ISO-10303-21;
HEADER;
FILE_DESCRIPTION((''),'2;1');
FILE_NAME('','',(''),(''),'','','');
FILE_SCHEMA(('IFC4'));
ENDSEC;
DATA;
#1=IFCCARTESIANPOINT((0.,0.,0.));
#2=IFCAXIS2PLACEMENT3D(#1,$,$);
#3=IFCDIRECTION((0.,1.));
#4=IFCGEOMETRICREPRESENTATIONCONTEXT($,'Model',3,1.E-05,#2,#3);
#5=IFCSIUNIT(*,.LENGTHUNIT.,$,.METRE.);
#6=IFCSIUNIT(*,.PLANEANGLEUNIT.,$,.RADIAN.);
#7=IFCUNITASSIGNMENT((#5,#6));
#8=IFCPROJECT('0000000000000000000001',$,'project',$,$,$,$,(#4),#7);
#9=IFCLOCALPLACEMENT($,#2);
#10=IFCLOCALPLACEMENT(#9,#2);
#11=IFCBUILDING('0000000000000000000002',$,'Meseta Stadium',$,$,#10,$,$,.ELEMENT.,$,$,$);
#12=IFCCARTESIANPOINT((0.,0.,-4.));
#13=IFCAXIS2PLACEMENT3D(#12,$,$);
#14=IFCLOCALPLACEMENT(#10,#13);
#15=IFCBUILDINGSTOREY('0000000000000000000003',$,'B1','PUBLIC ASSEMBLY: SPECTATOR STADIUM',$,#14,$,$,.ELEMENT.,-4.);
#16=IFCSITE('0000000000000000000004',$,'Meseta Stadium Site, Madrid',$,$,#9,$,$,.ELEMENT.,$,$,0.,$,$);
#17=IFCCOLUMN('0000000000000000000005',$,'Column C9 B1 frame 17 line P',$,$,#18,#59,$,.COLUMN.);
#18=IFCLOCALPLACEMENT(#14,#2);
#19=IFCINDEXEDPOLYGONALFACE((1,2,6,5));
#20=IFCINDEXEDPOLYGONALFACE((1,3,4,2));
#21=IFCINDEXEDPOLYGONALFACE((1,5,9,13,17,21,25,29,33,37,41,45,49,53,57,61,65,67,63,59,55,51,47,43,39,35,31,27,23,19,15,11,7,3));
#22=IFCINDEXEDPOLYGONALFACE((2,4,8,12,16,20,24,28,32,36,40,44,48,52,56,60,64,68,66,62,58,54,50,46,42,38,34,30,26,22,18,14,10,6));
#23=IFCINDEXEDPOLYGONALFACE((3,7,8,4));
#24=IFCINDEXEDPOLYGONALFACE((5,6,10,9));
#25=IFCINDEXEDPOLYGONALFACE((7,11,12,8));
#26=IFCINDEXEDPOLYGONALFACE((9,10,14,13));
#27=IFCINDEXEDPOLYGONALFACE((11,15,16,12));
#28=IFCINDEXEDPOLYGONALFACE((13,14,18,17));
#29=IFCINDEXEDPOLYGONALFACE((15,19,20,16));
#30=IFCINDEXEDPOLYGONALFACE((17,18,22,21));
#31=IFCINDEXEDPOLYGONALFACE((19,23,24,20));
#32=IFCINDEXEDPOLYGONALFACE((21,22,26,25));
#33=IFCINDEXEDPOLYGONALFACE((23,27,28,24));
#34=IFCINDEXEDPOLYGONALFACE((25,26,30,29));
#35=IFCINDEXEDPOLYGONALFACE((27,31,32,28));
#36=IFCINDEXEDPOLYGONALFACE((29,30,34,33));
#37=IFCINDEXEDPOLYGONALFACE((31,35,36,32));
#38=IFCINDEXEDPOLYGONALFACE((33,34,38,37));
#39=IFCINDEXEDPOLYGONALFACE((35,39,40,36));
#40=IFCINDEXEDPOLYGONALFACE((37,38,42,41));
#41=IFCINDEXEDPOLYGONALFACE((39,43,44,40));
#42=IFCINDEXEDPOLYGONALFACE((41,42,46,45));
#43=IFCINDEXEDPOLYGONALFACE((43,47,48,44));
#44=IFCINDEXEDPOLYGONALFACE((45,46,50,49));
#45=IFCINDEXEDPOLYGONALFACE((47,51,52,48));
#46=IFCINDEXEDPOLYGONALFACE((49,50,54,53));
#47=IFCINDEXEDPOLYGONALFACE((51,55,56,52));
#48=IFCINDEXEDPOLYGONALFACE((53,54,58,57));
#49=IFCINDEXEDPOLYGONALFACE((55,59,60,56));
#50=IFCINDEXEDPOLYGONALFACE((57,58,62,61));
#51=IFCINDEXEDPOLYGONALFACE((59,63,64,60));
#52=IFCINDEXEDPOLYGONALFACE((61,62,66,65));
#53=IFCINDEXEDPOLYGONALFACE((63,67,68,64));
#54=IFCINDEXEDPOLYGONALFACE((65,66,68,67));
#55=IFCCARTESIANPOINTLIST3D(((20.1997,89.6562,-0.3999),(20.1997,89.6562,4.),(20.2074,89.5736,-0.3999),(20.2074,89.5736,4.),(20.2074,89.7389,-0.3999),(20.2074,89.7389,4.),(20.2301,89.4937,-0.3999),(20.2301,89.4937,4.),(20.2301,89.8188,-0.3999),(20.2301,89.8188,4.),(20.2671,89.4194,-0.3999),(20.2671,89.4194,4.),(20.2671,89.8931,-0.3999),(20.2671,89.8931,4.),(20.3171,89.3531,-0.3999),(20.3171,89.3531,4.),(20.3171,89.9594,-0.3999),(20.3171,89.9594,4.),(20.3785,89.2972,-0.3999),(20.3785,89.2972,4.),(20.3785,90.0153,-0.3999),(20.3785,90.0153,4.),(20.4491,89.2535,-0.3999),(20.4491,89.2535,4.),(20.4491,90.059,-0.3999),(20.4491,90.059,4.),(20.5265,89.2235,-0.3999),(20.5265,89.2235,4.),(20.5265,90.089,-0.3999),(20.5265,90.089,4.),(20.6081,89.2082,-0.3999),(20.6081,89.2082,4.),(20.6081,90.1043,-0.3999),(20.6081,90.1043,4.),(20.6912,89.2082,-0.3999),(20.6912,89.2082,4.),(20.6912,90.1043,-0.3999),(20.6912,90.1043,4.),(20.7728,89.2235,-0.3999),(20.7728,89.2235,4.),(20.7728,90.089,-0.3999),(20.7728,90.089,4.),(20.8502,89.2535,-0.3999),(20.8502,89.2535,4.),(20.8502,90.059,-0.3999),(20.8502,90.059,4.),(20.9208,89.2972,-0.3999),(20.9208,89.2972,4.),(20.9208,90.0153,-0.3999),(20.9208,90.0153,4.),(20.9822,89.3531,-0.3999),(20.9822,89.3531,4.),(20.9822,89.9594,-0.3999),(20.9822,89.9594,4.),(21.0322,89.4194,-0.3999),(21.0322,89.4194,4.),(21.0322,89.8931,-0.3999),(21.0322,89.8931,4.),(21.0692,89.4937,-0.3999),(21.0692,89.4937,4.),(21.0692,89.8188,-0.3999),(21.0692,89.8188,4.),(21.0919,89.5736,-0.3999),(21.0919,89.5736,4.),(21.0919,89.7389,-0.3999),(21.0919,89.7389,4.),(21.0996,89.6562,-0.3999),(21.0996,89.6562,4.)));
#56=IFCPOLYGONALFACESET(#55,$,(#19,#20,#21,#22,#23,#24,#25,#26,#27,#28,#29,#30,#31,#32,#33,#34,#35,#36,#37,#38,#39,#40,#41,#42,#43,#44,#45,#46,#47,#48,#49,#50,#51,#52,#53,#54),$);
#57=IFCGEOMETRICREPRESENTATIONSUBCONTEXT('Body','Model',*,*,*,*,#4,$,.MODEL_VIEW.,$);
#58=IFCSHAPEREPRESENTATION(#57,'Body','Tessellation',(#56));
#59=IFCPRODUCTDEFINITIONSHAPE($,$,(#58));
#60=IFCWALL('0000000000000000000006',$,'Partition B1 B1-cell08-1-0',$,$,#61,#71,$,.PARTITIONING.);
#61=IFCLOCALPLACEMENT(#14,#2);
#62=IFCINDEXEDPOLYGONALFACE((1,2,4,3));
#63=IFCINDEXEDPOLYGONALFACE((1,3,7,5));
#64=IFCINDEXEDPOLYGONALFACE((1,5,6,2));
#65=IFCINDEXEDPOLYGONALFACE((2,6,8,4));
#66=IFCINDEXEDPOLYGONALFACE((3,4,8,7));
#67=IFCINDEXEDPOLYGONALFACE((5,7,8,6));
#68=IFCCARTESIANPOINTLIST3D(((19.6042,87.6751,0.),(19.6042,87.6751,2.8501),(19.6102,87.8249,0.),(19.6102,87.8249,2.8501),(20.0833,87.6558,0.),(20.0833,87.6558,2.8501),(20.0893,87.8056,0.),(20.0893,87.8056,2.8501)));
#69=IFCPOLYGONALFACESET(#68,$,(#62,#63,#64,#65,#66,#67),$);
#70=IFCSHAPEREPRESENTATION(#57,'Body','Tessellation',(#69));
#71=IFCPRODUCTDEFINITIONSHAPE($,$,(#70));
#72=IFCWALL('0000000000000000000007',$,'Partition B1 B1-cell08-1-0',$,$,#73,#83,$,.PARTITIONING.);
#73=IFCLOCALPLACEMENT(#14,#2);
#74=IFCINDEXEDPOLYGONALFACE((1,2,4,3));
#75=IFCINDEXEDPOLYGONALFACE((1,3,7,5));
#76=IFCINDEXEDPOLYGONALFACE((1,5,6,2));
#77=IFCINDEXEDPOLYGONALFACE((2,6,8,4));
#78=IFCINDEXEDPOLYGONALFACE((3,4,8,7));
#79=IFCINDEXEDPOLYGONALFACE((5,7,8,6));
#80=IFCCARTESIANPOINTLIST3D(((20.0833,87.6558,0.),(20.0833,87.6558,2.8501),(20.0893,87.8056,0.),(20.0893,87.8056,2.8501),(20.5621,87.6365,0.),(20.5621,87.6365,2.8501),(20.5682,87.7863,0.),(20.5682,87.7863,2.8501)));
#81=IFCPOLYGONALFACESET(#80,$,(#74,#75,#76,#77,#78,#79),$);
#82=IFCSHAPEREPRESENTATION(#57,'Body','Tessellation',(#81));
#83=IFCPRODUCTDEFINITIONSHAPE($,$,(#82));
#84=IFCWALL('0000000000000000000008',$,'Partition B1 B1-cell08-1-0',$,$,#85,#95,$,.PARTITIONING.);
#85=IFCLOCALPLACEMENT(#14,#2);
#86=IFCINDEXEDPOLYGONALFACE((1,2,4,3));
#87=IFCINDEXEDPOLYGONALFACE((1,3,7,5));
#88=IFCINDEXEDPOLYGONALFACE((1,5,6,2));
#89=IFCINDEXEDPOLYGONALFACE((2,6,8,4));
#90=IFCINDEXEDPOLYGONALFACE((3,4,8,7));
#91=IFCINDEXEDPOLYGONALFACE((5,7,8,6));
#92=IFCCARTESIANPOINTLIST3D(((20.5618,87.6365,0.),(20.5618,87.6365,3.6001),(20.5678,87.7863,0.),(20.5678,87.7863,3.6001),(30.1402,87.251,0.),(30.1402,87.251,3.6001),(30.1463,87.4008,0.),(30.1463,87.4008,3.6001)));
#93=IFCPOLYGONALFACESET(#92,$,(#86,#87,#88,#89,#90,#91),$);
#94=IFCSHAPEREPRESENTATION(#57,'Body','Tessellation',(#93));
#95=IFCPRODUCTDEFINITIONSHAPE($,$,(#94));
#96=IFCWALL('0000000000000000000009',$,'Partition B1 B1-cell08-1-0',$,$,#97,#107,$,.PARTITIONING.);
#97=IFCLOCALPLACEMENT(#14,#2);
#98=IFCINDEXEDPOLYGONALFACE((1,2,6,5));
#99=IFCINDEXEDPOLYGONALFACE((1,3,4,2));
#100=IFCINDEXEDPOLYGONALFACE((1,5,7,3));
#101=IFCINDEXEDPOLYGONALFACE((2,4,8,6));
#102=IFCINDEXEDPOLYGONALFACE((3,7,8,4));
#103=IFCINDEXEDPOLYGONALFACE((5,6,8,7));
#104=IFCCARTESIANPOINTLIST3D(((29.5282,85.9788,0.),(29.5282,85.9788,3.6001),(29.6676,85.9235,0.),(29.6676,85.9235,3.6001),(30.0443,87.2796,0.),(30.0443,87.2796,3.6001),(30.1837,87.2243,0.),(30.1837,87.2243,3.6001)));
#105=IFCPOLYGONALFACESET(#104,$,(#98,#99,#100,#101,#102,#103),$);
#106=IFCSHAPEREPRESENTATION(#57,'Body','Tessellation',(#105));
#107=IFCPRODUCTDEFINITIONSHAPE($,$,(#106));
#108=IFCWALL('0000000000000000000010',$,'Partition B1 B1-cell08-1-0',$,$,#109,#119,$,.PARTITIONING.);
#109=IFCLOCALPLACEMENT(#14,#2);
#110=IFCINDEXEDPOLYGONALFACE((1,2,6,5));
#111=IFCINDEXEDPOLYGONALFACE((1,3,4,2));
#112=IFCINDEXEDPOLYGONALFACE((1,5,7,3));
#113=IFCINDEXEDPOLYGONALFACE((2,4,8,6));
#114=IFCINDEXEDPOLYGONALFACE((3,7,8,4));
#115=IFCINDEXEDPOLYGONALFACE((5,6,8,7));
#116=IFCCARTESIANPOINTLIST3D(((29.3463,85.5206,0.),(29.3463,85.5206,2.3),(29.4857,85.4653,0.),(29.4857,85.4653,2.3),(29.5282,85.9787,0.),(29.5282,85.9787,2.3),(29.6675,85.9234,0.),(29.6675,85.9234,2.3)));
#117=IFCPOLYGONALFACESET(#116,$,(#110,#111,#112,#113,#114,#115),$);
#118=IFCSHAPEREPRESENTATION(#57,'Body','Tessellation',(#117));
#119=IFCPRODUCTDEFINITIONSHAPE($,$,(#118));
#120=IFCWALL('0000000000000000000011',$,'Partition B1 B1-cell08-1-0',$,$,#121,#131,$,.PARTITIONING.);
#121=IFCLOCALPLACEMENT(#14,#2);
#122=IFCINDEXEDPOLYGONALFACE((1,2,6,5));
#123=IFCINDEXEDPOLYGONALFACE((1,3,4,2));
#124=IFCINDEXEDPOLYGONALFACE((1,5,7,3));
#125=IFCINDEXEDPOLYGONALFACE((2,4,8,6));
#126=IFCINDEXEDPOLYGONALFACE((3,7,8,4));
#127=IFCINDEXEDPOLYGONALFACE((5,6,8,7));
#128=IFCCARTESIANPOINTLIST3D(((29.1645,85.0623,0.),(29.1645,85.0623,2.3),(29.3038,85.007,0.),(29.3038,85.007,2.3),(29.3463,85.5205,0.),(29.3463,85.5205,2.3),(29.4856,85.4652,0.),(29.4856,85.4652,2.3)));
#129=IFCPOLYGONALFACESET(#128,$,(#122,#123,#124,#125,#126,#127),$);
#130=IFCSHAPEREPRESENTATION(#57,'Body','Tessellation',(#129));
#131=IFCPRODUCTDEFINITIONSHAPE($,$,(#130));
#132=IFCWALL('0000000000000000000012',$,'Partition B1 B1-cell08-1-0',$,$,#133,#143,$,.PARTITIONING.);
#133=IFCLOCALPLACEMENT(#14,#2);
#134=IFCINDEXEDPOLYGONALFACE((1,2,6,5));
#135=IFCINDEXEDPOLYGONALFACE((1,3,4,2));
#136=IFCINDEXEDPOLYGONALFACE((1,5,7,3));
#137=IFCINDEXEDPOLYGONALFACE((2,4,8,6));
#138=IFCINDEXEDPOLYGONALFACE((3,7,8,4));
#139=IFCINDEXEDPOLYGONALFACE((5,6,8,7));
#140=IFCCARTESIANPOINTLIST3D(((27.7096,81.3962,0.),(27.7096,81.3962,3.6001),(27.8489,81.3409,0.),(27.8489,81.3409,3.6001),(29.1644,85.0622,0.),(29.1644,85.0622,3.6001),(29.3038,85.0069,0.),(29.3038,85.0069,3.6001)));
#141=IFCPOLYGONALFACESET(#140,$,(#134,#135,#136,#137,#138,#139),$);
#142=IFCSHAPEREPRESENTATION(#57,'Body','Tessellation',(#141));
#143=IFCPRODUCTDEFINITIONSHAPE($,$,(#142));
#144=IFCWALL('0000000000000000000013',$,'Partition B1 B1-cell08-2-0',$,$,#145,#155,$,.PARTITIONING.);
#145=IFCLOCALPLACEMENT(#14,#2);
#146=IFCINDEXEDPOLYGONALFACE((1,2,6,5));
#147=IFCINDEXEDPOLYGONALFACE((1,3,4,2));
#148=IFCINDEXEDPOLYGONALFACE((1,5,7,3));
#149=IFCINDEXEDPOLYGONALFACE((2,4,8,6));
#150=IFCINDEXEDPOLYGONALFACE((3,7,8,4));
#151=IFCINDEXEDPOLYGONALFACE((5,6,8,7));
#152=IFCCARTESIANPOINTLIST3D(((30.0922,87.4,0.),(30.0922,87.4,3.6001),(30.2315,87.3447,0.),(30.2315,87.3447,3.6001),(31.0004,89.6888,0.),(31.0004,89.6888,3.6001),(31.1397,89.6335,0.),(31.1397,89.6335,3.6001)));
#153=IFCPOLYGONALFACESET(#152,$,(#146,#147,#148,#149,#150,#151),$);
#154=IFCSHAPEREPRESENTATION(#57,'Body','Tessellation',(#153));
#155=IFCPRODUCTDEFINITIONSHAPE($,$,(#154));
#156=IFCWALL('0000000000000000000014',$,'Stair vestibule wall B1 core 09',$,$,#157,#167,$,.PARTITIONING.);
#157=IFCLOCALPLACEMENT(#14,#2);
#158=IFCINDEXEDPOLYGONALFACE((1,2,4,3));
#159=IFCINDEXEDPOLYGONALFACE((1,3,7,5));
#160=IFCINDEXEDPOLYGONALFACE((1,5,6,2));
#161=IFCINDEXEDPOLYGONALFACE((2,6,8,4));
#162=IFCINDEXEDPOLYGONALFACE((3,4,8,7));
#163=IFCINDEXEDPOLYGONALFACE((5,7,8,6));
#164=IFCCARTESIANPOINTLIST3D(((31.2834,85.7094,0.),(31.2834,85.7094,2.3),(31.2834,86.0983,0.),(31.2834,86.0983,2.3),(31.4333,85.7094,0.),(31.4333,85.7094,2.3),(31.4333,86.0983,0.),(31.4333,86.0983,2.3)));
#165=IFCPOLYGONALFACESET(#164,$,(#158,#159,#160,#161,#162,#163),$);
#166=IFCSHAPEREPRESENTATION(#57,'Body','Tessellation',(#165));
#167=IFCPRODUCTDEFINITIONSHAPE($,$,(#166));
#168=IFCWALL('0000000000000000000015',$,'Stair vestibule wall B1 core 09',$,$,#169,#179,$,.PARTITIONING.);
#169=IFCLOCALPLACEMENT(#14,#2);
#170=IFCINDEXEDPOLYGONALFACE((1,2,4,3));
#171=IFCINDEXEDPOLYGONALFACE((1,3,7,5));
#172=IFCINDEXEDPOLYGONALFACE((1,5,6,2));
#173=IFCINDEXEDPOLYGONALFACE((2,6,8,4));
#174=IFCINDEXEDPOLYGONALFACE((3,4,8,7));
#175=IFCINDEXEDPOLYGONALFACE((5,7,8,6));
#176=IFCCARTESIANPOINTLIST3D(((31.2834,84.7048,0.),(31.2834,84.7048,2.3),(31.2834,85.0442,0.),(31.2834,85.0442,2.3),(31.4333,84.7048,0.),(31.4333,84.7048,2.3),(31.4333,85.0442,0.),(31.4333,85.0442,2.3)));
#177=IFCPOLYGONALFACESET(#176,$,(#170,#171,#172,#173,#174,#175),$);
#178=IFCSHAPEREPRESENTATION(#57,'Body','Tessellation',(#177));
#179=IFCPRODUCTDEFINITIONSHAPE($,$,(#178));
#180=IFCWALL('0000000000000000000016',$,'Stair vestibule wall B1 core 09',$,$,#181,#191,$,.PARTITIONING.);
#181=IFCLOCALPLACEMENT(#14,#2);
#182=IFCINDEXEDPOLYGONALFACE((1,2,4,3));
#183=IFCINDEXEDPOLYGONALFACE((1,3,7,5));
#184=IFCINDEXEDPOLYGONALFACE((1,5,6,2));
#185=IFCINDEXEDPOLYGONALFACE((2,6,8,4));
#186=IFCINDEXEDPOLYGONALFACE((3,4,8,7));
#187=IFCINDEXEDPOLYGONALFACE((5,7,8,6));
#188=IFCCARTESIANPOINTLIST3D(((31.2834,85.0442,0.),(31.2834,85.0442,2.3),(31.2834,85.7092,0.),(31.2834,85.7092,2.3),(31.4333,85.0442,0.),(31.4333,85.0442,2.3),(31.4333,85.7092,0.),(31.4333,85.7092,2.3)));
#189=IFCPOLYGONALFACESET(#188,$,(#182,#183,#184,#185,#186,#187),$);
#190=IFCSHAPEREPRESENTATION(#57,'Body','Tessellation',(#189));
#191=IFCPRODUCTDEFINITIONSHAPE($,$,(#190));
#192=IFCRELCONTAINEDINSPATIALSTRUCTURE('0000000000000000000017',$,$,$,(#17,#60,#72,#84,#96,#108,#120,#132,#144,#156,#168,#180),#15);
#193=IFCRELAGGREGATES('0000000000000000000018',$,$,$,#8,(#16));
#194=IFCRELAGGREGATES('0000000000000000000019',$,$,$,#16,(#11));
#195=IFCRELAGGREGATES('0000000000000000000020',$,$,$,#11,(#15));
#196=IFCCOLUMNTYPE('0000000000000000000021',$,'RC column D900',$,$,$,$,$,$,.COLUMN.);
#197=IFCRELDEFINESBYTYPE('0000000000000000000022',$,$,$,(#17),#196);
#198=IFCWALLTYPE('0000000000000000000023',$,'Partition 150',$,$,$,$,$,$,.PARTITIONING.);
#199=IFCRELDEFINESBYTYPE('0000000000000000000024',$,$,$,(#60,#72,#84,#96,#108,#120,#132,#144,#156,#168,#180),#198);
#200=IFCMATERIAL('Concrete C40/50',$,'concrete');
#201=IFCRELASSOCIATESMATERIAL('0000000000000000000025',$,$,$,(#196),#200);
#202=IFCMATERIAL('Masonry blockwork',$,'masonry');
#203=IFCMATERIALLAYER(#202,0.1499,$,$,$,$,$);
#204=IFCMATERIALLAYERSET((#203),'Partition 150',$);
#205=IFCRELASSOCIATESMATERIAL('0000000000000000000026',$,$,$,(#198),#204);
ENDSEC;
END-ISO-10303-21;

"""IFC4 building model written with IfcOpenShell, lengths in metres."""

from ifc_helpers import new_model, si_unit, direction, frame, frame_2d, origin, origin_2d, place, context, subcontext, project, spatial, rectangle, circle, extrude, material, layer, layer_set, material_profile, profile_set, type_object, element, save


model = new_model("IFC4")

# Units and contexts
model_context = context("Model", 3, precision=1e-05, world=origin(), true_north=direction((0.0, 1.0)))
body_context = subcontext(model_context, "Body", "Model", "MODEL_VIEW")
ifc_project = project(units=[si_unit("LENGTHUNIT", "METRE"), si_unit("PLANEANGLEUNIT", "RADIAN")], contexts=[model_context])

# Site, building, storey
site_placement = place(None, origin())
site = spatial("IfcSite", under=ifc_project, at=site_placement, Name="Meseta Stadium Site, Madrid", CompositionType="ELEMENT", RefElevation=0.0)
building_placement = place(site_placement, origin())
building = spatial("IfcBuilding", under=site, at=building_placement, Name="Meseta Stadium", CompositionType="ELEMENT")
storey_placement = place(building_placement, frame((0.0, 0.0, -4.0)))
storey = spatial("IfcBuildingStorey", under=building, at=storey_placement, Name="B1", Description="PUBLIC ASSEMBLY: SPECTATOR STADIUM", CompositionType="ELEMENT", Elevation=-4.0)

# Column
ifc_material_1 = material(Name="Concrete C40/50", Category="concrete")
ifc_material_profile_1 = material_profile(ifc_material_1, circle(Radius=0.45, at=origin_2d()), Name="RC D900")
ifc_profile_set_1 = profile_set([ifc_material_profile_1], Name="Concrete C40/50")
column_type_1 = type_object("IfcColumnType", Name="RC column D900", PredefinedType="COLUMN", material=ifc_profile_set_1)
column_1_placement = place(storey_placement, frame((20.6497, 89.6562, -0.3999), z_axis=(0.0, 0.0, 1.0), x_axis=(1.0, 0.0, 0.0)))
element("IfcColumn", 1, at=column_1_placement, inside=storey, type_object=column_type_1, Name="Column C9 B1 frame 17 line P", PredefinedType="COLUMN", context=body_context, shape_type="SweptSolid", body=[
    extrude(circle(Radius=0.45, at=origin_2d()), origin(), (0.0, 0.0, 1.0), 4.3999),
])

# Walls
ifc_material_2 = material(Name="Masonry blockwork", Category="masonry")
ifc_layer = layer(ifc_material_2, 0.1499)
ifc_layer_set = layer_set([ifc_layer], Name="Partition 150")
wall_type = type_object("IfcWallType", Name="Partition 150", PredefinedType="PARTITIONING", material=ifc_layer_set)
wall_1_placement = place(storey_placement, frame((19.6072, 87.75, 0.0), z_axis=(0.0, 0.0, 1.0), x_axis=(0.99919, -0.040232, 0.0)))
element("IfcWall", 2, at=wall_1_placement, inside=storey, type_object=wall_type, Name="Partition B1 B1-cell08-1-0", PredefinedType="PARTITIONING", context=body_context, shape_type="SweptSolid", body=[
    extrude(rectangle(XDim=0.4795, YDim=0.1499, at=frame_2d((0.2397, 0.0))), origin(), (0.0, 0.0, 1.0), 2.8501),
])
wall_2_placement = place(storey_placement, frame((20.0862, 87.7307, 0.0), z_axis=(0.0, 0.0, 1.0), x_axis=(0.99919, -0.040253, 0.0)))
element("IfcWall", 3, at=wall_2_placement, inside=storey, type_object=wall_type, Name="Partition B1 B1-cell08-1-0", PredefinedType="PARTITIONING", context=body_context, shape_type="SweptSolid", body=[
    extrude(rectangle(XDim=0.4792, YDim=0.1499, at=frame_2d((0.2397, 0.0))), origin(), (0.0, 0.0, 1.0), 2.8501),
])
wall_3_placement = place(storey_placement, frame((20.5649, 87.7114, 0.0), z_axis=(0.0, 0.0, 1.0), x_axis=(0.999191, -0.040214, 0.0)))
element("IfcWall", 4, at=wall_3_placement, inside=storey, type_object=wall_type, Name="Partition B1 B1-cell08-1-0", PredefinedType="PARTITIONING", context=body_context, shape_type="SweptSolid", body=[
    extrude(rectangle(XDim=9.5862, YDim=0.1499, at=frame_2d((4.793, 0.0))), origin(), (0.0, 0.0, 1.0), 3.6001),
])
wall_4_placement = place(storey_placement, frame((30.114, 87.252, 0.0), z_axis=(0.0, 0.0, 1.0), x_axis=(-0.368802, -0.929508, 0.0)))
element("IfcWall", 5, at=wall_4_placement, inside=storey, type_object=wall_type, Name="Partition B1 B1-cell08-1-0", PredefinedType="PARTITIONING", context=body_context, shape_type="SweptSolid", body=[
    extrude(rectangle(XDim=1.3994, YDim=0.1499, at=frame_2d((0.6997, 0.0))), origin(), (0.0, 0.0, 1.0), 3.6001),
])
for number, where, z_axis, x_axis, name in (
    (6, (29.5979, 85.9512, 0.0), (0.0, 0.0, 1.0), (-0.368913, -0.929464, 0.0), "Partition B1 B1-cell08-1-0"),
    (7, (29.416, 85.4929, 0.0), (0.0, 0.0, 1.0), (-0.368913, -0.929464, 0.0), "Partition B1 B1-cell08-1-0"),
):
    element("IfcWall", number, at=place(storey_placement, frame(where, z_axis=z_axis, x_axis=x_axis)), inside=storey, type_object=wall_type, Name=name, PredefinedType="PARTITIONING", context=body_context, shape_type="SweptSolid", body=[
        extrude(rectangle(XDim=0.4929, YDim=0.1499, at=frame_2d((0.2466, 0.0))), origin(), (0.0, 0.0, 1.0), 2.3),
    ])
wall_5_placement = place(storey_placement, frame((29.2341, 85.0347, 0.0), z_axis=(0.0, 0.0, 1.0), x_axis=(-0.36886, -0.929485, 0.0)))
element("IfcWall", 8, at=wall_5_placement, inside=storey, type_object=wall_type, Name="Partition B1 B1-cell08-1-0", PredefinedType="PARTITIONING", context=body_context, shape_type="SweptSolid", body=[
    extrude(rectangle(XDim=3.9441, YDim=0.1499, at=frame_2d((1.9722, 0.0))), origin(), (0.0, 0.0, 1.0), 3.6001),
])
wall_6_placement = place(storey_placement, frame((31.0701, 89.6611, 0.0), z_axis=(0.0, 0.0, 1.0), x_axis=(-0.368825, -0.929499, 0.0)))
element("IfcWall", 9, at=wall_6_placement, inside=storey, type_object=wall_type, Name="Partition B1 B1-cell08-2-0", PredefinedType="PARTITIONING", context=body_context, shape_type="SweptSolid", body=[
    extrude(rectangle(XDim=2.4624, YDim=0.1499, at=frame_2d((1.2312, 0.0))), origin(), (0.0, 0.0, 1.0), 3.6001),
])
wall_7_placement = place(storey_placement, frame((31.3584, 86.0981, 0.0), z_axis=(0.0, 0.0, 1.0), x_axis=(0.0, -1.0, 0.0)))
element("IfcWall", 10, at=wall_7_placement, inside=storey, type_object=wall_type, Name="Stair vestibule wall B1 core 09", PredefinedType="PARTITIONING", context=body_context, shape_type="SweptSolid", body=[
    extrude(rectangle(XDim=0.3889, YDim=0.1499, at=frame_2d((0.1943, 0.0))), origin(), (0.0, 0.0, 1.0), 2.3),
])
wall_8_placement = place(storey_placement, frame((31.3584, 85.0442, 0.0), z_axis=(0.0, 0.0, 1.0), x_axis=(0.0, -1.0, 0.0)))
element("IfcWall", 11, at=wall_8_placement, inside=storey, type_object=wall_type, Name="Stair vestibule wall B1 core 09", PredefinedType="PARTITIONING", context=body_context, shape_type="SweptSolid", body=[
    extrude(rectangle(XDim=0.3394, YDim=0.1499, at=frame_2d((0.1697, 0.0))), origin(), (0.0, 0.0, 1.0), 2.3),
])
wall_9_placement = place(storey_placement, frame((31.3584, 85.7092, 0.0), z_axis=(0.0, 0.0, 1.0), x_axis=(0.0, -1.0, 0.0)))
element("IfcWall", 12, at=wall_9_placement, inside=storey, type_object=wall_type, Name="Stair vestibule wall B1 core 09", PredefinedType="PARTITIONING", context=body_context, shape_type="SweptSolid", body=[
    extrude(rectangle(XDim=0.665, YDim=0.1499, at=frame_2d((0.3325, 0.0))), origin(), (0.0, 0.0, 1.0), 2.3),
])

save(model, "model.ifc")
